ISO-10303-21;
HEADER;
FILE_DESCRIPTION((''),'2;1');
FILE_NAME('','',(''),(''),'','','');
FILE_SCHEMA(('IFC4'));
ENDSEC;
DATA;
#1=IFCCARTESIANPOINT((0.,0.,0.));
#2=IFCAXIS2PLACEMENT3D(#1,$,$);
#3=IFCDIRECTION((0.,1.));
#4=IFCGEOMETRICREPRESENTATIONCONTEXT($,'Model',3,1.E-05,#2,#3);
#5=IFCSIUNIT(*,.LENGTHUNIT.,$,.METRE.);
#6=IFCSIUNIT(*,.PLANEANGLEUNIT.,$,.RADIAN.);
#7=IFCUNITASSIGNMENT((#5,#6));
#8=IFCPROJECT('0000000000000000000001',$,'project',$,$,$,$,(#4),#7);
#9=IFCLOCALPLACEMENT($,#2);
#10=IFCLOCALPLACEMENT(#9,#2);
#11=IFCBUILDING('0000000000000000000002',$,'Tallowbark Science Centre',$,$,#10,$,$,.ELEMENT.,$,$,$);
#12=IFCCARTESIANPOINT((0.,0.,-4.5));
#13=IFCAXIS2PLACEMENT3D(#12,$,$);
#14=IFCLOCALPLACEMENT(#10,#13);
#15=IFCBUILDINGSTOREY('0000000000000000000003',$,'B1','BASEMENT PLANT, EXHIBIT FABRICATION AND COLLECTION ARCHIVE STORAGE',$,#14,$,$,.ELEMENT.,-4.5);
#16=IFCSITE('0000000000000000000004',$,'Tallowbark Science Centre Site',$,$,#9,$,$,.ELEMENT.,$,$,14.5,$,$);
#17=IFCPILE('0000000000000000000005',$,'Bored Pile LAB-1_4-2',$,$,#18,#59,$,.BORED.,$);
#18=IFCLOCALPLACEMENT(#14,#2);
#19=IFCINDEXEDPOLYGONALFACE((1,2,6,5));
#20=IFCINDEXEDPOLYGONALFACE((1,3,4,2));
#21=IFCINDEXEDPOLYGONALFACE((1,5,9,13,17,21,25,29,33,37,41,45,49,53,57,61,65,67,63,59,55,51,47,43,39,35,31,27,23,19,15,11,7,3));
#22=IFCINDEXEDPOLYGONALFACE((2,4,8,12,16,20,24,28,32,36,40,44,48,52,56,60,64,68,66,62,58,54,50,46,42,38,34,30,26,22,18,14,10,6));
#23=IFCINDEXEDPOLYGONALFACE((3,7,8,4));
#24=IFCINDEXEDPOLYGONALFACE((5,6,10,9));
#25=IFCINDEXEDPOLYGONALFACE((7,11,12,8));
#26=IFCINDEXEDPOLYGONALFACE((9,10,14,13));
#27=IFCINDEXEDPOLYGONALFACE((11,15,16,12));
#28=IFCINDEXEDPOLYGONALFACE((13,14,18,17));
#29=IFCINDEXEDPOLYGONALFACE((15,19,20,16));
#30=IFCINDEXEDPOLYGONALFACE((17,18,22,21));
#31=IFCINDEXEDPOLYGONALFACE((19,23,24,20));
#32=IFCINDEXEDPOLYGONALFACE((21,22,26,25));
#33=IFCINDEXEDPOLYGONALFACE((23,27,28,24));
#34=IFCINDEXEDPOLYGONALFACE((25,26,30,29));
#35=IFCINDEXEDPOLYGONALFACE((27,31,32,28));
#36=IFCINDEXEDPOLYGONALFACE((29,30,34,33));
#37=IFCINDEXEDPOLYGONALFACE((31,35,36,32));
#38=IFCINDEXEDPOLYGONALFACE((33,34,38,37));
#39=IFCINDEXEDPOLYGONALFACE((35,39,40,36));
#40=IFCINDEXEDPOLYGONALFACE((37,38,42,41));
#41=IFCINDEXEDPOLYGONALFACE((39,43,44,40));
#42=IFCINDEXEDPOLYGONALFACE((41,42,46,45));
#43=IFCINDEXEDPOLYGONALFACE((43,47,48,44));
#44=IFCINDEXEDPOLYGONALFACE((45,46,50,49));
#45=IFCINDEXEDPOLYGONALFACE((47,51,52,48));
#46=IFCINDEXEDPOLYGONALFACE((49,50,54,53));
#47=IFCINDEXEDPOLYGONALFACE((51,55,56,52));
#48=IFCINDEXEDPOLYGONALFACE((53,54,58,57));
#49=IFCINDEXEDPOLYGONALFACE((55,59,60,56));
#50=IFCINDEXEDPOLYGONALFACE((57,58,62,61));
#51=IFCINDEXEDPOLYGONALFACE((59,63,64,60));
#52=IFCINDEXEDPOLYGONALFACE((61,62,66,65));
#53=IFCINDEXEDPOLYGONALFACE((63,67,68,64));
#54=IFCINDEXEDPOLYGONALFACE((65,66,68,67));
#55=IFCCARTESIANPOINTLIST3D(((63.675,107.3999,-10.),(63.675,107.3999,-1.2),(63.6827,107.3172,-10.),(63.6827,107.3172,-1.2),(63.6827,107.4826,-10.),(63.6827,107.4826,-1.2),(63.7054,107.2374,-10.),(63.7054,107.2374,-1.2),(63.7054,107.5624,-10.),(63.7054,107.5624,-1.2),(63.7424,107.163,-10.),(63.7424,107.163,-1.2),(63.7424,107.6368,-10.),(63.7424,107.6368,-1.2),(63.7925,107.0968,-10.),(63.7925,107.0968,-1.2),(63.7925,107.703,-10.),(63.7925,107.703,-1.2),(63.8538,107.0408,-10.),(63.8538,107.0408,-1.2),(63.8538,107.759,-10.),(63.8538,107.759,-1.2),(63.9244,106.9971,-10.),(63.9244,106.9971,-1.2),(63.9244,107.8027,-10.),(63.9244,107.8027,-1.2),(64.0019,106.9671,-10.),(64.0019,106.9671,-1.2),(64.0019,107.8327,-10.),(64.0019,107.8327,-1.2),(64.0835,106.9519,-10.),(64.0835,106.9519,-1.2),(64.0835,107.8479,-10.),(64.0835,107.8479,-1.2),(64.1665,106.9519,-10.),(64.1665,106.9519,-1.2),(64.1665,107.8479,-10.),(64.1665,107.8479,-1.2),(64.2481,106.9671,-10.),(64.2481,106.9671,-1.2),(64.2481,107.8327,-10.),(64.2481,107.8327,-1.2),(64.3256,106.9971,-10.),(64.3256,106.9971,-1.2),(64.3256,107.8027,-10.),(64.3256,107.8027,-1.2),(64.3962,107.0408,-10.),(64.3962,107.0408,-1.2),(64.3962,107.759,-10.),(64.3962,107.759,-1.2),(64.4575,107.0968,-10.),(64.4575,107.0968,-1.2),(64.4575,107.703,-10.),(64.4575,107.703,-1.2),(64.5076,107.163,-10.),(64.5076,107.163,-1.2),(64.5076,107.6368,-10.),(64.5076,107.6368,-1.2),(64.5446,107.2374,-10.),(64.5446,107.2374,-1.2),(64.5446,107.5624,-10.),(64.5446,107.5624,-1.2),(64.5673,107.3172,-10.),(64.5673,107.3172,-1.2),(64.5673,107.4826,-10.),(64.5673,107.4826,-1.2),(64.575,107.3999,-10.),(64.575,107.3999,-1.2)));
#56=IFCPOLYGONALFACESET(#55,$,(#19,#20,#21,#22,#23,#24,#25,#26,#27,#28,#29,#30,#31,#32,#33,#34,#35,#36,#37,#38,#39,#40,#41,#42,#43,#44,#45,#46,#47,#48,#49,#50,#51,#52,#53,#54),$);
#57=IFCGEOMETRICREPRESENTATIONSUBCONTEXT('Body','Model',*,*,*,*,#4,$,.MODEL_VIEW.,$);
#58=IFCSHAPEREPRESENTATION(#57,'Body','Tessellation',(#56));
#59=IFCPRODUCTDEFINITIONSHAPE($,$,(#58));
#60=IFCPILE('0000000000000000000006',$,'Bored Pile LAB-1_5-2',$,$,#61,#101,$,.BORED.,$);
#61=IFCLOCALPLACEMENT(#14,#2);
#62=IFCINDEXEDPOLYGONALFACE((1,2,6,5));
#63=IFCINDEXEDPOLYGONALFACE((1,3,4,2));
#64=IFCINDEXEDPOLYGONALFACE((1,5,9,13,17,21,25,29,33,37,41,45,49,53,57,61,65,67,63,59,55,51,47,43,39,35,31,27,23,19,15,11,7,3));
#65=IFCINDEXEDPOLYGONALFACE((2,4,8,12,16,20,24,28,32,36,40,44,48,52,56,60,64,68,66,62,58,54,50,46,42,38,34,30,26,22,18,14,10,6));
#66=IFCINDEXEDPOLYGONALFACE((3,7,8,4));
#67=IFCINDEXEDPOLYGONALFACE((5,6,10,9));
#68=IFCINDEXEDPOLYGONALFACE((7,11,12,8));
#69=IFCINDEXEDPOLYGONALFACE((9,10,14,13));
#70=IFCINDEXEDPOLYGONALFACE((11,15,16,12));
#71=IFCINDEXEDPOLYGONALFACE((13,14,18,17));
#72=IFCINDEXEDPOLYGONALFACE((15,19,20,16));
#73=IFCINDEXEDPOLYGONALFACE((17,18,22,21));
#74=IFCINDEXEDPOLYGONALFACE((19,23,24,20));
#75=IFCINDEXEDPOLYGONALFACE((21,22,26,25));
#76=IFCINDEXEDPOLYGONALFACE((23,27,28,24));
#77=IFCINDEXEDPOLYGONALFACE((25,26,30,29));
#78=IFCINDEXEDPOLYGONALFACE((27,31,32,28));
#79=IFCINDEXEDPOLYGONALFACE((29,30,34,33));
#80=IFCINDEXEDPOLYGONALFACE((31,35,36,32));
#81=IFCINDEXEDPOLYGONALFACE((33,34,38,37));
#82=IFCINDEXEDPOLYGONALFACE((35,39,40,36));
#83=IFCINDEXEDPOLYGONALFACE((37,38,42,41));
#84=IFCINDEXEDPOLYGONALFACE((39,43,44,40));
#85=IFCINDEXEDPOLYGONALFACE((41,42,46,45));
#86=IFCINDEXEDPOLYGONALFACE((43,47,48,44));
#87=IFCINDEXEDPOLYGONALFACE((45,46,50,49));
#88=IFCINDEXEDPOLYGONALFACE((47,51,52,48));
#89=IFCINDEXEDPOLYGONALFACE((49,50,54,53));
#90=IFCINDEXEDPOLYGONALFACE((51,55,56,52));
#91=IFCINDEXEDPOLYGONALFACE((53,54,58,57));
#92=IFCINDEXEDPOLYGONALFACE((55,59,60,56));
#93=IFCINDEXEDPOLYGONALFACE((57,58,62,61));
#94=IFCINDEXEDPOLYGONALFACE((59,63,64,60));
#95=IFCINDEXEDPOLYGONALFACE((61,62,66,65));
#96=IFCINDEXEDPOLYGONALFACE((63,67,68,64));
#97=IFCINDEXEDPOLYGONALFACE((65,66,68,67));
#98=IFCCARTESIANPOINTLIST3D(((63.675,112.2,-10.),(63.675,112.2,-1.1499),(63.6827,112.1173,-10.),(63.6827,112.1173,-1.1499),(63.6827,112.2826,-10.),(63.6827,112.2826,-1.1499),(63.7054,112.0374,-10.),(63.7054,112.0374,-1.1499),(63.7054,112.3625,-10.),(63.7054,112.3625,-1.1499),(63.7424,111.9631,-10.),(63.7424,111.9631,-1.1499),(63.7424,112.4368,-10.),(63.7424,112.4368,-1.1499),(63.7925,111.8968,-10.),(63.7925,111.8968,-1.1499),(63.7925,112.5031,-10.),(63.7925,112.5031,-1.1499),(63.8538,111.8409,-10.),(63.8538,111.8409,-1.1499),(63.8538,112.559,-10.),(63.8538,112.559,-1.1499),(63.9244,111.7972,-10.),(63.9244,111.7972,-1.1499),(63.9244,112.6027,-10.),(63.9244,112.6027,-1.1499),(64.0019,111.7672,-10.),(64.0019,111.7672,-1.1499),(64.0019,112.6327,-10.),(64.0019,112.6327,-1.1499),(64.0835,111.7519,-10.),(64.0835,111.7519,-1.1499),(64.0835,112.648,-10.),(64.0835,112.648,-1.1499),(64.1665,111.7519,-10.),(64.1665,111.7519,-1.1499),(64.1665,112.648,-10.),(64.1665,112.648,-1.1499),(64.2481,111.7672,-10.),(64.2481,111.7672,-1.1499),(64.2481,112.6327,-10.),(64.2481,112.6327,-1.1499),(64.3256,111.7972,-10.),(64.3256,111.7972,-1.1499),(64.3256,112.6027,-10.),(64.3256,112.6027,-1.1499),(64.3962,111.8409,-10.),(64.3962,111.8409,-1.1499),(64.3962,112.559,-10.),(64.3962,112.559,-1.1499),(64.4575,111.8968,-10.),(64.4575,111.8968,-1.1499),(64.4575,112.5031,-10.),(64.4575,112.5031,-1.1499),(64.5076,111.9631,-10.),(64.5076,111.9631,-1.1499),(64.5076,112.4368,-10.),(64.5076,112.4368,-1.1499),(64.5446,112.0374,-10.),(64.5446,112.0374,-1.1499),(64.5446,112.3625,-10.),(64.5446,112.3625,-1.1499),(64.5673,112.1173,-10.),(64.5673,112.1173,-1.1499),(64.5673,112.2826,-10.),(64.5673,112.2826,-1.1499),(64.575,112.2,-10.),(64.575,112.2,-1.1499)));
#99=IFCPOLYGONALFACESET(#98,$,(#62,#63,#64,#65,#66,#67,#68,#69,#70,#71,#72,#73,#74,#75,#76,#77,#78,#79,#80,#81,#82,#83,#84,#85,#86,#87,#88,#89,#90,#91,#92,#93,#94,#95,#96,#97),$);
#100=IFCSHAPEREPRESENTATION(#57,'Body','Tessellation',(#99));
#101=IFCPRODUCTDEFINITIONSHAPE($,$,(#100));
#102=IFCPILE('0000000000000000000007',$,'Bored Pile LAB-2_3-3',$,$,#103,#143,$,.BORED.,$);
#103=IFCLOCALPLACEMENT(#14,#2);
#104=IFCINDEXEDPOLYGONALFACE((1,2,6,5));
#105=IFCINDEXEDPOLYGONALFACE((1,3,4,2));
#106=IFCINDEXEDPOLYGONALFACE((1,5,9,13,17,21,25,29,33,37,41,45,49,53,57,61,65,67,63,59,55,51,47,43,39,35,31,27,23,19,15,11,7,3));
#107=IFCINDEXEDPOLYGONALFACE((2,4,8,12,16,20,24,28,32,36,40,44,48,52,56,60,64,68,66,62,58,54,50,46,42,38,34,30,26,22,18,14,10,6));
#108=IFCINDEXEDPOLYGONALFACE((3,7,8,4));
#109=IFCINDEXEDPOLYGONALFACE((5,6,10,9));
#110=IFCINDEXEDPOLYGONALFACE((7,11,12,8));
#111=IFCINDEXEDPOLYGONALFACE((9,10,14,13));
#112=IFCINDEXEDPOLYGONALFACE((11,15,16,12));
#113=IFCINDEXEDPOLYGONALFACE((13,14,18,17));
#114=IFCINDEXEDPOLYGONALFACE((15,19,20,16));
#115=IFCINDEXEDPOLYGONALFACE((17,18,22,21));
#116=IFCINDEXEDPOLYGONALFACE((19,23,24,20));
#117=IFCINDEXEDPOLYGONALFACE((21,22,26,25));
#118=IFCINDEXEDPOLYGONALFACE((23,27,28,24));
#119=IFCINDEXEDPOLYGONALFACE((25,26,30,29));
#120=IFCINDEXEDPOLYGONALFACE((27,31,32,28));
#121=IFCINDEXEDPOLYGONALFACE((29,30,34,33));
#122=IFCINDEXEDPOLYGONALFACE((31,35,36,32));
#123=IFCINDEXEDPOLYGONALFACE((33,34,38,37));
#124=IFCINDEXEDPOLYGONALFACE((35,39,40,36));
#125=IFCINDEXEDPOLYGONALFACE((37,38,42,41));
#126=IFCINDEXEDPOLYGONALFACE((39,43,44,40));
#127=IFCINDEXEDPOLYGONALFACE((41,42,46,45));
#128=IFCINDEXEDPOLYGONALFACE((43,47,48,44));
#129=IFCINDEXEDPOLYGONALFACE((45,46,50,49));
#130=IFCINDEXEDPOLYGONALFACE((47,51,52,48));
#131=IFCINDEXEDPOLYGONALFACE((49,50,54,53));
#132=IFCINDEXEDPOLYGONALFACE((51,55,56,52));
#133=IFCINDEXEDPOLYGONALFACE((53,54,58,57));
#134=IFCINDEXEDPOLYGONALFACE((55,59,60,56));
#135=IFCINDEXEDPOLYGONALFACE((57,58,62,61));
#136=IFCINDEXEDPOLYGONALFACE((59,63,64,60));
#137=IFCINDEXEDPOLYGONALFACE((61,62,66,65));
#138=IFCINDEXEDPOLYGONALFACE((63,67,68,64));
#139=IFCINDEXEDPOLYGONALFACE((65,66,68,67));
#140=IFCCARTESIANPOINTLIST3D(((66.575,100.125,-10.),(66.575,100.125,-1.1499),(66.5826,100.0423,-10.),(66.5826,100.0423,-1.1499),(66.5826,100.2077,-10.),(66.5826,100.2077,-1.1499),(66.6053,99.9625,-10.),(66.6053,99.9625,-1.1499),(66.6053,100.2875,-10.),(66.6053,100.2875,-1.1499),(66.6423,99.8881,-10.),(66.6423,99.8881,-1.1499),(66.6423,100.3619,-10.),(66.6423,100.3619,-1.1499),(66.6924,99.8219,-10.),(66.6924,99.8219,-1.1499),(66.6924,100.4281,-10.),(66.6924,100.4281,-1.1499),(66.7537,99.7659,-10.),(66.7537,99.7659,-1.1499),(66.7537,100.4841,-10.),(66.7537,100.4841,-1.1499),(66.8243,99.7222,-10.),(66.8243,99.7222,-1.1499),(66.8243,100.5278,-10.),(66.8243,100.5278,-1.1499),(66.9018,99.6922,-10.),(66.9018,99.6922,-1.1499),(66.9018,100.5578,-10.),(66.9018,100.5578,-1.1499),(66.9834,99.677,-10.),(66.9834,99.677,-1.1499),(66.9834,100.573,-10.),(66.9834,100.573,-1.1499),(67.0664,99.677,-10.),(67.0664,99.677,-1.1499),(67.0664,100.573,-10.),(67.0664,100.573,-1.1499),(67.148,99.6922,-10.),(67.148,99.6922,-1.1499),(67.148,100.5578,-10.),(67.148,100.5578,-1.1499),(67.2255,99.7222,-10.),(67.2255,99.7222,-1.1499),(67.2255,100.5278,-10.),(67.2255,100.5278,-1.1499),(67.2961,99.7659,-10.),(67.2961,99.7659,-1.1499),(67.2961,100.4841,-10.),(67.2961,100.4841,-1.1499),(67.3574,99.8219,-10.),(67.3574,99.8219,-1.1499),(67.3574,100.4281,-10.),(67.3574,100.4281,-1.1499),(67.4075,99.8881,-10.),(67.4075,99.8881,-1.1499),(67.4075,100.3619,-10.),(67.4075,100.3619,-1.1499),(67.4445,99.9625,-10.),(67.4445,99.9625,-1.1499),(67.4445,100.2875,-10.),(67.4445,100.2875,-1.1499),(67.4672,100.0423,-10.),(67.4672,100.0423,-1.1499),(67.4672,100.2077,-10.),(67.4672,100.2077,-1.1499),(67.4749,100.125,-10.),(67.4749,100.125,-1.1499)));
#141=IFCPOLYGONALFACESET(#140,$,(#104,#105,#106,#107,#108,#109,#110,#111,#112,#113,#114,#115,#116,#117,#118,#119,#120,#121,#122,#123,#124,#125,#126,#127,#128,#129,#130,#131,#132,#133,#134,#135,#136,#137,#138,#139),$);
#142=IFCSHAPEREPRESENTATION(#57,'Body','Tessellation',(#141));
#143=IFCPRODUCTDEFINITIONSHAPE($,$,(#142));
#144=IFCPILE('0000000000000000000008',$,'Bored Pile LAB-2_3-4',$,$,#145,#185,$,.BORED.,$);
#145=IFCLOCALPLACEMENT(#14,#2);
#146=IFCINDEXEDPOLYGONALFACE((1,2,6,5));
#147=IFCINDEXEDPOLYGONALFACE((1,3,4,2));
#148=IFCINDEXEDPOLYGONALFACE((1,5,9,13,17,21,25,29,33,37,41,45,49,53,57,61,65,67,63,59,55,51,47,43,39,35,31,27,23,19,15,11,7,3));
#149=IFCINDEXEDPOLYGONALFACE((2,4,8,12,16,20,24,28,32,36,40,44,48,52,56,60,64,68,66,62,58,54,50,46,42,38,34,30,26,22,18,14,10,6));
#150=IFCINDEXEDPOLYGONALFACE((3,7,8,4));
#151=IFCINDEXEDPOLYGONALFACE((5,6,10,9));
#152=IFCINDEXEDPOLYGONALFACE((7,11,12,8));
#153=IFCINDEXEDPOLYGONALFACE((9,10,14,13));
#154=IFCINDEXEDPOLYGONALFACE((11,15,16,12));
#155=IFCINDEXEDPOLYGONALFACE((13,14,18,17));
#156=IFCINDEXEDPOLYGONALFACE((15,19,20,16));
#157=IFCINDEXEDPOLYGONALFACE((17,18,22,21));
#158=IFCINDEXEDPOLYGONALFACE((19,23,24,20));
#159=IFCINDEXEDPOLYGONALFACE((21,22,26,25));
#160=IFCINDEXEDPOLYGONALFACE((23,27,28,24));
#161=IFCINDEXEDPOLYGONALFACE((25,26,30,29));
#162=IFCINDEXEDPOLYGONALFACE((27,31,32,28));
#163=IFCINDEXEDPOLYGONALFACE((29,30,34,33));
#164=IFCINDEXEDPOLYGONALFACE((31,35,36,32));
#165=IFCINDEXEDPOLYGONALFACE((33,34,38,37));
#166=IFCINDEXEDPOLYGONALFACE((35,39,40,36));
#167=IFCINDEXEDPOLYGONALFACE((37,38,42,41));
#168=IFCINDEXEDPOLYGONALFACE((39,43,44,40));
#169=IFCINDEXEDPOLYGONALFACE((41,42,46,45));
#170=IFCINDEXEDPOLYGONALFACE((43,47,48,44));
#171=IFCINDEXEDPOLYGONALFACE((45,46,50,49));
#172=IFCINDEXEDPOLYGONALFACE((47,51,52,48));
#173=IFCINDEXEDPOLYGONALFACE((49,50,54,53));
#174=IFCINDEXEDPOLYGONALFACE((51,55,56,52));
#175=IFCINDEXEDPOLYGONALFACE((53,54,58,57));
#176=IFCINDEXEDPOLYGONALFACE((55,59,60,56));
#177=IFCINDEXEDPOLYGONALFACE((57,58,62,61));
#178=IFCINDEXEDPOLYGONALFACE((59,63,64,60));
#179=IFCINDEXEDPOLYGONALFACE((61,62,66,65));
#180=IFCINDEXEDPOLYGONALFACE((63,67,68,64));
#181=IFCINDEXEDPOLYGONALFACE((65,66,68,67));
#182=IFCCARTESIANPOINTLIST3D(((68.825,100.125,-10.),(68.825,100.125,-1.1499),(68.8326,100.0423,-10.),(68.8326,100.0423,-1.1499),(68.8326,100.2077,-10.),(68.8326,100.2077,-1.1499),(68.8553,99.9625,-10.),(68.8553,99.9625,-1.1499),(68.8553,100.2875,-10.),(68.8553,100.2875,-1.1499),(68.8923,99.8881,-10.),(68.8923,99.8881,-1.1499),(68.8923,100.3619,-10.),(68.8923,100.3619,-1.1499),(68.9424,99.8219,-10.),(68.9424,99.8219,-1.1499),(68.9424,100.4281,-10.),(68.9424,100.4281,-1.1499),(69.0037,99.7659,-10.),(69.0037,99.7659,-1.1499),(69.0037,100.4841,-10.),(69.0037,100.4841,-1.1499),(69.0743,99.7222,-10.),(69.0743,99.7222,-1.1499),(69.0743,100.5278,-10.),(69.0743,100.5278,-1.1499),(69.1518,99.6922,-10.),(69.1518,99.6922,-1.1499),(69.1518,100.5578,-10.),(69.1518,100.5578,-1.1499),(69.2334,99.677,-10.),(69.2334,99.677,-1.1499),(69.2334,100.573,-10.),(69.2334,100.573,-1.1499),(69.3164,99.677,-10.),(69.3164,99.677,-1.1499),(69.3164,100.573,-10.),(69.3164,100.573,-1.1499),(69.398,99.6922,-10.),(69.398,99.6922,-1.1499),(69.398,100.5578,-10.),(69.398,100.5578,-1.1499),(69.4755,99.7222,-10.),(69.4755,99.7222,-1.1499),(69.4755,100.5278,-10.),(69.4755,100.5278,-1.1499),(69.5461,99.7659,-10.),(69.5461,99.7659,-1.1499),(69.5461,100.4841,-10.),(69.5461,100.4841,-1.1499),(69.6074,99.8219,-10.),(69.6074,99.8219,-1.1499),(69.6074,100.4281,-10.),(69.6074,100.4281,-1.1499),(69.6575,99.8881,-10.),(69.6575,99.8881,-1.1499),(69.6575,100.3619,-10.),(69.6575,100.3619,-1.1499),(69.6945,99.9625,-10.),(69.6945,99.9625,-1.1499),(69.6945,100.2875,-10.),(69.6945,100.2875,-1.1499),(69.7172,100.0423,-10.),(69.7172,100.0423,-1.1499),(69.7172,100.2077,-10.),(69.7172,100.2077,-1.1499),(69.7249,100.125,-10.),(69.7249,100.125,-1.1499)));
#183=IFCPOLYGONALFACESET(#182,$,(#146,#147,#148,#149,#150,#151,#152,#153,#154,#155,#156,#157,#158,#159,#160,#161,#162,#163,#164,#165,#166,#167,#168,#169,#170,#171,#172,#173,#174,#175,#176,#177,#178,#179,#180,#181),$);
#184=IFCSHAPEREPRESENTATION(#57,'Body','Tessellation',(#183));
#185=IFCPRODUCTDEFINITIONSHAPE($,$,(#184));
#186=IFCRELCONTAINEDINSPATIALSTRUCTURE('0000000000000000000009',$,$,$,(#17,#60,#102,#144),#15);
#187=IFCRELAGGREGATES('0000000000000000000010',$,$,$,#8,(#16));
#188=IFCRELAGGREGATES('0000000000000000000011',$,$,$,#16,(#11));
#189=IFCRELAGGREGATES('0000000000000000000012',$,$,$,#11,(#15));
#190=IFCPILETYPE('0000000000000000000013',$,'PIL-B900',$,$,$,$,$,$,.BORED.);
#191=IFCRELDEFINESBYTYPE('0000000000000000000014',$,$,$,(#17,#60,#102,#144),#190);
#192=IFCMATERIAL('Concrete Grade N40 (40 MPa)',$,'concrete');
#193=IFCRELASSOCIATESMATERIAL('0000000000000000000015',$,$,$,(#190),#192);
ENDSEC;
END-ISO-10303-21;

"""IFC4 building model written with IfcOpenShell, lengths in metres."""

from ifc_helpers import new_model, si_unit, direction, frame, origin, origin_2d, place, context, subcontext, project, spatial, circle, extrude, material, material_profile, profile_set, type_object, element, save


model = new_model("IFC4")

# Units and contexts
model_context = context("Model", 3, precision=1e-05, world=origin(), true_north=direction((0.0, 1.0)))
body_context = subcontext(model_context, "Body", "Model", "MODEL_VIEW")
ifc_project = project(units=[si_unit("LENGTHUNIT", "METRE"), si_unit("PLANEANGLEUNIT", "RADIAN")], contexts=[model_context])

# Site, building, storey
site_placement = place(None, origin())
site = spatial("IfcSite", under=ifc_project, at=site_placement, Name="Tallowbark Science Centre Site", CompositionType="ELEMENT", RefElevation=14.5)
building_placement = place(site_placement, origin())
building = spatial("IfcBuilding", under=site, at=building_placement, Name="Tallowbark Science Centre", CompositionType="ELEMENT")
storey_placement = place(building_placement, frame((0.0, 0.0, -4.5)))
storey = spatial("IfcBuildingStorey", under=building, at=storey_placement, Name="B1", Description="BASEMENT PLANT, EXHIBIT FABRICATION AND COLLECTION ARCHIVE STORAGE", CompositionType="ELEMENT", Elevation=-4.5)

# Shared definitions
ifc_material_1 = material(Name="Concrete Grade N40 (40 MPa)", Category="concrete")

# Piles
ifc_material_profile_1 = material_profile(ifc_material_1, circle(Radius=0.45, at=origin_2d()), Name="PILE900")
ifc_profile_set_1 = profile_set([ifc_material_profile_1], Name="Concrete Grade N40 (40 MPa)")
pile_type_1 = type_object("IfcPileType", Name="PIL-B900", PredefinedType="BORED", material=ifc_profile_set_1)
for number, where, z_axis, x_axis, name in (
    (1, (64.125, 107.3999, -1.2), (0.0, 0.0, -1.0), (1.0, 0.0, 0.0), "Bored Pile LAB-1_4-2"),
):
    element("IfcPile", number, at=place(storey_placement, frame(where, z_axis=z_axis, x_axis=x_axis)), inside=storey, type_object=pile_type_1, Name=name, PredefinedType="BORED", context=body_context, shape_type="SweptSolid", body=[
        extrude(circle(Radius=0.45, at=origin_2d()), origin(), (0.0, 0.0, 1.0), 8.8),
    ])
for number, where, z_axis, x_axis, name in (
    (2, (64.125, 112.2, -1.1499), (0.0, 0.0, -1.0), (1.0, 0.0, 0.0), "Bored Pile LAB-1_5-2"),
    (3, (67.0249, 100.125, -1.1499), (0.0, 0.0, -1.0), (1.0, 0.0, 0.0), "Bored Pile LAB-2_3-3"),
    (4, (69.2749, 100.125, -1.1499), (0.0, 0.0, -1.0), (1.0, 0.0, 0.0), "Bored Pile LAB-2_3-4"),
):
    element("IfcPile", number, at=place(storey_placement, frame(where, z_axis=z_axis, x_axis=x_axis)), inside=storey, type_object=pile_type_1, Name=name, PredefinedType="BORED", context=body_context, shape_type="SweptSolid", body=[
        extrude(circle(Radius=0.45, at=origin_2d()), origin(), (0.0, 0.0, 1.0), 8.8501),
    ])

save(model, "model.ifc")
